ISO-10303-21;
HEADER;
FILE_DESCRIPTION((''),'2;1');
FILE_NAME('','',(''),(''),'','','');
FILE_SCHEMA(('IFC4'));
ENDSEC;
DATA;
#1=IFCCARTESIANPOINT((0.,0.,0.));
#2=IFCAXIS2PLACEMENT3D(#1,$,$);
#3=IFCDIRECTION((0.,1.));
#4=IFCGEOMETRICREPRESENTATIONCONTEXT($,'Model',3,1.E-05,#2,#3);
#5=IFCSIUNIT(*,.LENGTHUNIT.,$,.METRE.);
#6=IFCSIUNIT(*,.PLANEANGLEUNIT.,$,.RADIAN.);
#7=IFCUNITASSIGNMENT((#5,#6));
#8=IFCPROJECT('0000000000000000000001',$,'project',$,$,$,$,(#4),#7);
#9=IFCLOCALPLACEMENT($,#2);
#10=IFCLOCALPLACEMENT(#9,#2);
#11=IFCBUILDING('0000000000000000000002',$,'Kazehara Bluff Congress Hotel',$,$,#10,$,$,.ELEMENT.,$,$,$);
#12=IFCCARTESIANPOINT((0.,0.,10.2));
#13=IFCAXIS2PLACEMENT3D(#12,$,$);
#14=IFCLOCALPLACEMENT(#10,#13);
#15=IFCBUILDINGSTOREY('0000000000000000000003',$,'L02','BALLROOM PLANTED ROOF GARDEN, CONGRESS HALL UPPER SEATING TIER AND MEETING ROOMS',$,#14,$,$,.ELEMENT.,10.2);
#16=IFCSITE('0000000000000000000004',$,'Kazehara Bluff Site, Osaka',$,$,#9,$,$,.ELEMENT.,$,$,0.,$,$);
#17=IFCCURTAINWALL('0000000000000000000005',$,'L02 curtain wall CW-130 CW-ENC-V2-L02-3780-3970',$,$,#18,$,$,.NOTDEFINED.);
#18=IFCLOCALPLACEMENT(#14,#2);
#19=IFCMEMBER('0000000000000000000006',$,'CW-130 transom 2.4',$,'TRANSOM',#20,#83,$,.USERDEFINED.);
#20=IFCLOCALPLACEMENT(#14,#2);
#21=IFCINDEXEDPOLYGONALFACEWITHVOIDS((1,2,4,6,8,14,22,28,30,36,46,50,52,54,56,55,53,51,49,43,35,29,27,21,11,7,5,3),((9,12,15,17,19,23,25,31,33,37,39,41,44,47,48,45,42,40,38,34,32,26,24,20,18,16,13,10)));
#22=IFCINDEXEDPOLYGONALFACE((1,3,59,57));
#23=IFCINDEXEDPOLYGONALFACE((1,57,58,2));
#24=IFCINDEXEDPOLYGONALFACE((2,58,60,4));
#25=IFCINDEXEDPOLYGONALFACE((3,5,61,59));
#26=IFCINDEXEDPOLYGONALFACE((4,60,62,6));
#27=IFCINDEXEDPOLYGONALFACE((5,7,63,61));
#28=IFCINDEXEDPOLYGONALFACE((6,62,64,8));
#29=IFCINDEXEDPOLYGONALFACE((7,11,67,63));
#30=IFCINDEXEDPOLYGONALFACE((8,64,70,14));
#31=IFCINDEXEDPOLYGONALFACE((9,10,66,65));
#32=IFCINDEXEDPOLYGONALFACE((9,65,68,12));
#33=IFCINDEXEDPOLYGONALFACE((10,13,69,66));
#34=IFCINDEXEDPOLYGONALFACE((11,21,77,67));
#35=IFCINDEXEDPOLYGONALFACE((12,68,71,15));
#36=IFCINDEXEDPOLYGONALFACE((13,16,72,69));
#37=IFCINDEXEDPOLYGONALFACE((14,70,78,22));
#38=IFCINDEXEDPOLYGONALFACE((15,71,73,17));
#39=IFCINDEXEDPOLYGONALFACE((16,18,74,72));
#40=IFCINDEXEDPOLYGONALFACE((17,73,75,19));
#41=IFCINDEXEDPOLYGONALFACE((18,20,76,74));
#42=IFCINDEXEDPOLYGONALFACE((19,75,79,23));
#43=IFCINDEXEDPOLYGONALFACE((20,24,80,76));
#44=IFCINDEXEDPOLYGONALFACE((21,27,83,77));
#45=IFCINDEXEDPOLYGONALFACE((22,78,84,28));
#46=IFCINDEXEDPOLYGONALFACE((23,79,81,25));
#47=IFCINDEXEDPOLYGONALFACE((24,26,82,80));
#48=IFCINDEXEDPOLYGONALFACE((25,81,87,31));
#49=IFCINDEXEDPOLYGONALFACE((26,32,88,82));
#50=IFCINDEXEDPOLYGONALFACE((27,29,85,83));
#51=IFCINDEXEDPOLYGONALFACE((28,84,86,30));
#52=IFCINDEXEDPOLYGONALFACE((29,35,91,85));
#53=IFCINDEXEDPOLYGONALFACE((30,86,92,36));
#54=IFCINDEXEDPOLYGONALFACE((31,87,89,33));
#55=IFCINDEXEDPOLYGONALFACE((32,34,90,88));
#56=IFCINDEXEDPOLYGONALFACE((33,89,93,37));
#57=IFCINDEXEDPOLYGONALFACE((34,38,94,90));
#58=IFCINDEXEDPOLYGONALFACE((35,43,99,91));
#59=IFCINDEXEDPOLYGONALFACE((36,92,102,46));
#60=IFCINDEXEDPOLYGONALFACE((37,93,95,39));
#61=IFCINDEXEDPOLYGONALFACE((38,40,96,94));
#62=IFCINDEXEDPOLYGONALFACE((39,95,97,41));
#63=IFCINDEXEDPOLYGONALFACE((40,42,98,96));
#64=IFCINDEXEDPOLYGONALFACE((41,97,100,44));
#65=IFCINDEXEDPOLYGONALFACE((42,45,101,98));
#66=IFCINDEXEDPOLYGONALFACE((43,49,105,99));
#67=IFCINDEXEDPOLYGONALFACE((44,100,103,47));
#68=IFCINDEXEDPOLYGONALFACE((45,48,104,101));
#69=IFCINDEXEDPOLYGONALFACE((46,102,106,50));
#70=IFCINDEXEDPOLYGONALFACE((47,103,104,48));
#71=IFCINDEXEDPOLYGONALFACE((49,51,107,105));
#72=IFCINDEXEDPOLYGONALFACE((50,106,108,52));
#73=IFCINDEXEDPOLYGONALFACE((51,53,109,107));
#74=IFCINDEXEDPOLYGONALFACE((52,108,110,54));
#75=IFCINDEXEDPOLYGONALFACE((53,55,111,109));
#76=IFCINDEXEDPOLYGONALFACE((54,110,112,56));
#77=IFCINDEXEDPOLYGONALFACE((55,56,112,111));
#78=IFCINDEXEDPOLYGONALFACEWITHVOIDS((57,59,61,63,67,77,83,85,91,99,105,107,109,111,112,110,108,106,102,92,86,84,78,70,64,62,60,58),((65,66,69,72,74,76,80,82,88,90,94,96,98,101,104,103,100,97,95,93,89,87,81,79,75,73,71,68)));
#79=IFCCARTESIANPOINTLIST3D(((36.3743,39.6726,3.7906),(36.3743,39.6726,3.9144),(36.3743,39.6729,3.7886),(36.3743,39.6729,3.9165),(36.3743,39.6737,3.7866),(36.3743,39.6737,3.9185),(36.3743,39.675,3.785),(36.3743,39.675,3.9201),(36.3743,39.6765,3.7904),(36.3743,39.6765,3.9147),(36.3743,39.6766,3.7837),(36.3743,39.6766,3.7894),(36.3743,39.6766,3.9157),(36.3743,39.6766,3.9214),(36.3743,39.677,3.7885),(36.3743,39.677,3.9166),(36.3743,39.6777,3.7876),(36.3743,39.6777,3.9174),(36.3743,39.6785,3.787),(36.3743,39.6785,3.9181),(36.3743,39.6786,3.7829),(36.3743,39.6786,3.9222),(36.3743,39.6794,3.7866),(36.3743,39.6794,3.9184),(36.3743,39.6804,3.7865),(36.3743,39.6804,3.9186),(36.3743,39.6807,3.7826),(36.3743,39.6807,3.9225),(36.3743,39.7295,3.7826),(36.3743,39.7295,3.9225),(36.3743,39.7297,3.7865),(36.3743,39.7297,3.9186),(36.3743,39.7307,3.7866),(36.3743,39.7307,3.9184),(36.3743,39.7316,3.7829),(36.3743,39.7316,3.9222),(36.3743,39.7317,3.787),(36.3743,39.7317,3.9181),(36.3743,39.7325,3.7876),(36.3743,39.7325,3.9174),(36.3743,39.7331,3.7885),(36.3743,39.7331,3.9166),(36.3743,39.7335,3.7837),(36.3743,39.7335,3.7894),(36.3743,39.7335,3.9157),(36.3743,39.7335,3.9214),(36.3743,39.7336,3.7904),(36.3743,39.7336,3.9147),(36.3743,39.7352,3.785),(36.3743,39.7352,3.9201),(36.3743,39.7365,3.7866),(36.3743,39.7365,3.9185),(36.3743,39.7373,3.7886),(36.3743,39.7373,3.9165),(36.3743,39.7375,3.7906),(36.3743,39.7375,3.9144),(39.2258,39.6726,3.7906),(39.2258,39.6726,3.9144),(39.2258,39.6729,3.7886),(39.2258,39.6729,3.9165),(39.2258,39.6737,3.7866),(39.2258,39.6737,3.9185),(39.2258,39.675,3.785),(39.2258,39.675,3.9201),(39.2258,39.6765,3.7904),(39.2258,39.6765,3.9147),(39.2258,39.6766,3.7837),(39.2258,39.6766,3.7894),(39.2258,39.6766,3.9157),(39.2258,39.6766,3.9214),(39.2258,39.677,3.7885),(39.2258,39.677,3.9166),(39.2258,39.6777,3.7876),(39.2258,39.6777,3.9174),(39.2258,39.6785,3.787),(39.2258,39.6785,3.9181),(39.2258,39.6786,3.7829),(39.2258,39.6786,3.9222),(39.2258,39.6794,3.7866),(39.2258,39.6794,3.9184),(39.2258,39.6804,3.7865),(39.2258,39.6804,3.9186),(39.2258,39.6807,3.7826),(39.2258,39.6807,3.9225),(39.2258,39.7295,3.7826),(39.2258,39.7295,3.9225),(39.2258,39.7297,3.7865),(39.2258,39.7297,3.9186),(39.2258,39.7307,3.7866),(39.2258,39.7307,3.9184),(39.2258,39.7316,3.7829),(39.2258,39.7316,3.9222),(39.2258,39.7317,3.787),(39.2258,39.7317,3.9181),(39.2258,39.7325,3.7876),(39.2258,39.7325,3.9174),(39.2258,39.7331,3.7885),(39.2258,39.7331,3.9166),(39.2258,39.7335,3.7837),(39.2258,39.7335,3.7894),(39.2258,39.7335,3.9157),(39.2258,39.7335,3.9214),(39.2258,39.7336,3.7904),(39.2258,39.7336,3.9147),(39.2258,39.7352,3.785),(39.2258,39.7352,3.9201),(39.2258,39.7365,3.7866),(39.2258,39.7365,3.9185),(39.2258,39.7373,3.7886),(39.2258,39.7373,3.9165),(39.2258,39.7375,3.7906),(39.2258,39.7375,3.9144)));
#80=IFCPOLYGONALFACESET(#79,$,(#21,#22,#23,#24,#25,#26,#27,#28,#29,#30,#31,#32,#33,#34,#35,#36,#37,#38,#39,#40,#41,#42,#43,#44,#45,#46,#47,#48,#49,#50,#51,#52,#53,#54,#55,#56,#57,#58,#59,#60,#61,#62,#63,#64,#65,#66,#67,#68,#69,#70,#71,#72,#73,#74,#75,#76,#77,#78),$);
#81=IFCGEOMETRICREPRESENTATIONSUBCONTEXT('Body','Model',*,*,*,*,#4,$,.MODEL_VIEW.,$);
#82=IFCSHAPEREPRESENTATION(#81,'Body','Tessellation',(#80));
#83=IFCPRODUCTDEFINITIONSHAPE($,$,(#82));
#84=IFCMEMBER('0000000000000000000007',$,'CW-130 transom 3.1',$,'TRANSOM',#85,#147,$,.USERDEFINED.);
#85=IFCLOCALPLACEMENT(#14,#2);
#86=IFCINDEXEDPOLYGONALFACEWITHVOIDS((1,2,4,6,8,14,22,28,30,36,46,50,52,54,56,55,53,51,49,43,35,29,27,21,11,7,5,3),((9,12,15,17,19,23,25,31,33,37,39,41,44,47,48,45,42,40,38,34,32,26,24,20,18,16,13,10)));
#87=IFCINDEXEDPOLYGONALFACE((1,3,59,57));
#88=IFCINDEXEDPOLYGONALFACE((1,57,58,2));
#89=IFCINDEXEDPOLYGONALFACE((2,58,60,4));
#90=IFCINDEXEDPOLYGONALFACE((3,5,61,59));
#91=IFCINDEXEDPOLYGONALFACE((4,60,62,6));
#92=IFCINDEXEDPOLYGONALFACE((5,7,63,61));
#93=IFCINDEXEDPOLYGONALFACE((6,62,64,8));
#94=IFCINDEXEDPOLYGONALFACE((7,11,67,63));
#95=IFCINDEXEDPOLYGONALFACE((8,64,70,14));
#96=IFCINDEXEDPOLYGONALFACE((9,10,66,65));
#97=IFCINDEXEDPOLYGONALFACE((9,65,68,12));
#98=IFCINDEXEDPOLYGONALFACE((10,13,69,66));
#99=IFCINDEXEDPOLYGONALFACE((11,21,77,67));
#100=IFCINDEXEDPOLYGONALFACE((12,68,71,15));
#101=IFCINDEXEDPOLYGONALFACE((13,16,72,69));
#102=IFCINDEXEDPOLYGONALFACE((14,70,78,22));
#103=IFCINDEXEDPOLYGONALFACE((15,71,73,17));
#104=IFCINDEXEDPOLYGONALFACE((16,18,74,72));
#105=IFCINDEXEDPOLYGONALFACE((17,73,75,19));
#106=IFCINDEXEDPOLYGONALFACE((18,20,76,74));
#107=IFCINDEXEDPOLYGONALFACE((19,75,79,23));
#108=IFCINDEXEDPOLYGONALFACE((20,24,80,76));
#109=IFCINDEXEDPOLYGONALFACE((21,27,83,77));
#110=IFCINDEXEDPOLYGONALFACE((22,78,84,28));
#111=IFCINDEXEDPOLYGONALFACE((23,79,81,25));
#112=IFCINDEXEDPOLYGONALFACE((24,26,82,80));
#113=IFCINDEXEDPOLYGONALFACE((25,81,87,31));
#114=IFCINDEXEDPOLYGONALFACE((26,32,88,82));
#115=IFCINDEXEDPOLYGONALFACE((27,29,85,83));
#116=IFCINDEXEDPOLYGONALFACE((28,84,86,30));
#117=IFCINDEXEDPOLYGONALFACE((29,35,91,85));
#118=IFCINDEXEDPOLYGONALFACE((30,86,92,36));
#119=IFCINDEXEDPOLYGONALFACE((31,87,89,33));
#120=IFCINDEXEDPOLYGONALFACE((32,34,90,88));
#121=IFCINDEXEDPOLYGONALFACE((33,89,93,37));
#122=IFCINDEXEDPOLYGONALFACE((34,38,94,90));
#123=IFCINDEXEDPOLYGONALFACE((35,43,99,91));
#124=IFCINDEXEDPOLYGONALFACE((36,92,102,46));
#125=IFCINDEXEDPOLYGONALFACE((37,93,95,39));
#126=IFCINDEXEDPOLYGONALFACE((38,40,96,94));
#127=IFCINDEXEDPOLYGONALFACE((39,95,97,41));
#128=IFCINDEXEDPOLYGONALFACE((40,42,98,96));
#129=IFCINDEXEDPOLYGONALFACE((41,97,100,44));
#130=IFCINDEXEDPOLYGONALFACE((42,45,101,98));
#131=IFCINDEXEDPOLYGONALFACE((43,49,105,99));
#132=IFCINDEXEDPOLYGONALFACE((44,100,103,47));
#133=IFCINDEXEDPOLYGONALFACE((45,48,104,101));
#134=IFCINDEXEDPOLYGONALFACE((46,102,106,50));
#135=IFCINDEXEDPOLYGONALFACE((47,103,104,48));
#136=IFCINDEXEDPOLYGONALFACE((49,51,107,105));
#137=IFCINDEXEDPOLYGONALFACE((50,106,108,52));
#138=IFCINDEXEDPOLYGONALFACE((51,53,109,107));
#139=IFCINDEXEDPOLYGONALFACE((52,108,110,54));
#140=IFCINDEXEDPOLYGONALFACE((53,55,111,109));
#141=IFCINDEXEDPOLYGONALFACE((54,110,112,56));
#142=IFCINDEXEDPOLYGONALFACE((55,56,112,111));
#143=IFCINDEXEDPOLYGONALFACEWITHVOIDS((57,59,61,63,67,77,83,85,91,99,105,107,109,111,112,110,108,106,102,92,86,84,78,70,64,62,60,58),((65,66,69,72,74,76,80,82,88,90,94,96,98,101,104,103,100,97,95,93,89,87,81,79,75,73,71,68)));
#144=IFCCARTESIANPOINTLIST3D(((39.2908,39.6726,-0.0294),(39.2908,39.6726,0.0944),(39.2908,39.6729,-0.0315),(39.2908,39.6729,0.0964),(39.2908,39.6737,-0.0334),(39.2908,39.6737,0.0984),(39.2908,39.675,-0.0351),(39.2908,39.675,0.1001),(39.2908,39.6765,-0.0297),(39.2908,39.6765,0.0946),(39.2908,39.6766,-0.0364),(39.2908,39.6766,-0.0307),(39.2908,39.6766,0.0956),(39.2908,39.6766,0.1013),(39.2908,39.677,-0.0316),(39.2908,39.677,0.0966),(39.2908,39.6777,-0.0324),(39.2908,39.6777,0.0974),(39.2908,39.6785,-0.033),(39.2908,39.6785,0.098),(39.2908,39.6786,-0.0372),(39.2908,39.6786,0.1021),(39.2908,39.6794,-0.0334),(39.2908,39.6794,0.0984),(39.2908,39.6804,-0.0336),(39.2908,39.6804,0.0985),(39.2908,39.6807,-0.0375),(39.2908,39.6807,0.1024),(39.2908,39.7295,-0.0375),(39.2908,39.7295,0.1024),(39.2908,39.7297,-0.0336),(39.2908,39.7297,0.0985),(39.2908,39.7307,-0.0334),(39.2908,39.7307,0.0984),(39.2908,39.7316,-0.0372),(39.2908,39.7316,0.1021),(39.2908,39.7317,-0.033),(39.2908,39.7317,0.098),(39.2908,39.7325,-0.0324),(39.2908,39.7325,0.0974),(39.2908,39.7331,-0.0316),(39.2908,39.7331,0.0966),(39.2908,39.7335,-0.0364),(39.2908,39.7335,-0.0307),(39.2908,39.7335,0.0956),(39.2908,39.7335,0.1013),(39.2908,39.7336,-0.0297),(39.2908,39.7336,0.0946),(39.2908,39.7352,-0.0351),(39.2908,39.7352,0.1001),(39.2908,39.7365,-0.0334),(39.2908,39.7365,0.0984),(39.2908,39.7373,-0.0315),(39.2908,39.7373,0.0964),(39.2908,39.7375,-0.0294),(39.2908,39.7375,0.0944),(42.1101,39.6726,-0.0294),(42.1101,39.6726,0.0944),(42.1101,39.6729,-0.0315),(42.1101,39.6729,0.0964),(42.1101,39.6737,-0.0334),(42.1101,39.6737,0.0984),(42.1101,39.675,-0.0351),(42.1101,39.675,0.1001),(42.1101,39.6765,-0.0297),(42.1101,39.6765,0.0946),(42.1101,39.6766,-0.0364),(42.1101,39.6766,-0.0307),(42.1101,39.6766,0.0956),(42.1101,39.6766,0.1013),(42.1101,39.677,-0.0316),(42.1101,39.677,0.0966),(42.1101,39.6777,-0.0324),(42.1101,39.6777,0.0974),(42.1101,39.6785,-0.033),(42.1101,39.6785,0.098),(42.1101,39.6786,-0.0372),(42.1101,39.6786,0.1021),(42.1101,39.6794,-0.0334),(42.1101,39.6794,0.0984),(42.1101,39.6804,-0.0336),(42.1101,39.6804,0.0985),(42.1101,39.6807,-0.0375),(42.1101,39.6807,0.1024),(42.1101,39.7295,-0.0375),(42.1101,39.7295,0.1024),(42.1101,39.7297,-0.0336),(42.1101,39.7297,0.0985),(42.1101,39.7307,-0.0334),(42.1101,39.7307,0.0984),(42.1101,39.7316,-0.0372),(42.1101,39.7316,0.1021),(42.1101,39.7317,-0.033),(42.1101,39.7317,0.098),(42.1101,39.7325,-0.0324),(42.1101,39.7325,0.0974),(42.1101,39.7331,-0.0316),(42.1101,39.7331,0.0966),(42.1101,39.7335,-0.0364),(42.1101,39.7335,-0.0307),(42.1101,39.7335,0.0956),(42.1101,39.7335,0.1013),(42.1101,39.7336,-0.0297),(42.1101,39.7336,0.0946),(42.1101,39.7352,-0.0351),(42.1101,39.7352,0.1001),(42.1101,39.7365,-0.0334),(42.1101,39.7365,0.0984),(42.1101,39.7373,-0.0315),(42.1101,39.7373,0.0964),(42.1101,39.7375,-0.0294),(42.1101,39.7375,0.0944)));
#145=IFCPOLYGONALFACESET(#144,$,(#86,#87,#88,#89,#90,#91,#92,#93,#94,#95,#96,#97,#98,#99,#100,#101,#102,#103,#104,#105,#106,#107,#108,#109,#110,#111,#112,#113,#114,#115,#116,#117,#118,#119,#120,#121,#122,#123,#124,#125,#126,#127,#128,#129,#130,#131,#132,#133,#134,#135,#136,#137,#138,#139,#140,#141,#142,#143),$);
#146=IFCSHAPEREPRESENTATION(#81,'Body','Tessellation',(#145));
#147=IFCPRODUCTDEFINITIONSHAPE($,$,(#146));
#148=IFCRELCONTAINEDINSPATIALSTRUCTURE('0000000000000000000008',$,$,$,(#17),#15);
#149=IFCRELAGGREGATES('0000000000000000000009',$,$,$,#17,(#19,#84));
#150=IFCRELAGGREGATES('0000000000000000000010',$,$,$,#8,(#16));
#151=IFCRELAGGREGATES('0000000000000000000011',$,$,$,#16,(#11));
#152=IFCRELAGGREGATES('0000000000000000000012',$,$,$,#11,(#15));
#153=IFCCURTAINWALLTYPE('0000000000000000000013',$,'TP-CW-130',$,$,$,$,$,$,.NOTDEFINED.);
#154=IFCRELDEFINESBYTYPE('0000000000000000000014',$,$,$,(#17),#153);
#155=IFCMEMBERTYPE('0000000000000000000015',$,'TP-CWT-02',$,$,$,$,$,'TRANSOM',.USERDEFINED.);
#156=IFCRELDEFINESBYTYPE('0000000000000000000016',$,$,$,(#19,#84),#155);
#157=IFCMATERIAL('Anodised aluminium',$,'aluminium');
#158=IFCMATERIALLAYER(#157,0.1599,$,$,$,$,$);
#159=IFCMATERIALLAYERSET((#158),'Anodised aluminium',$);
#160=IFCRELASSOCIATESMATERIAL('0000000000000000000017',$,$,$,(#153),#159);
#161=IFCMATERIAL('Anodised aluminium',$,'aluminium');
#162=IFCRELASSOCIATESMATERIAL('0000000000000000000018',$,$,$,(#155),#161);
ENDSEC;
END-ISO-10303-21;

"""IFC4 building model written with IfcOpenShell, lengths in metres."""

from ifc_helpers import new_model, si_unit, direction, frame, origin, origin_2d, place, context, subcontext, project, spatial, hollow_rectangle, extrude, material, layer, layer_set, material_profile, profile_set, type_object, element, aggregate, save


model = new_model("IFC4")

# Units and contexts
model_context = context("Model", 3, precision=1e-05, world=origin(), true_north=direction((0.0, 1.0)))
body_context = subcontext(model_context, "Body", "Model", "MODEL_VIEW")
ifc_project = project(units=[si_unit("LENGTHUNIT", "METRE"), si_unit("PLANEANGLEUNIT", "RADIAN")], contexts=[model_context])

# Site, building, storey
site_placement = place(None, origin())
site = spatial("IfcSite", under=ifc_project, at=site_placement, Name="Kazehara Bluff Site, Osaka", CompositionType="ELEMENT", RefElevation=0.0)
building_placement = place(site_placement, origin())
building = spatial("IfcBuilding", under=site, at=building_placement, Name="Kazehara Bluff Congress Hotel", CompositionType="ELEMENT")
storey_placement = place(building_placement, frame((0.0, 0.0, 10.2)))
storey = spatial("IfcBuildingStorey", under=building, at=storey_placement, Name="L02", Description="BALLROOM PLANTED ROOF GARDEN, CONGRESS HALL UPPER SEATING TIER AND MEETING ROOMS", CompositionType="ELEMENT", Elevation=10.2)

# Curtain wall
ifc_material_1 = material(Name="Anodised aluminium", Category="aluminium")
ifc_layer_1 = layer(ifc_material_1, 0.1599)
ifc_layer_set_1 = layer_set([ifc_layer_1], Name="Anodised aluminium")
curtain_wall_type_1 = type_object("IfcCurtainWallType", Name="TP-CW-130", PredefinedType="NOTDEFINED", material=ifc_layer_set_1)
curtain_wall_1_placement = place(storey_placement, origin())
curtain_wall_1 = element("IfcCurtainWall", 1, at=curtain_wall_1_placement, inside=storey, type_object=curtain_wall_type_1, Name="L02 curtain wall CW-130 CW-ENC-V2-L02-3780-3970", PredefinedType="NOTDEFINED")

# Members
ifc_material_2 = material(Name="Anodised aluminium", Category="aluminium")
ifc_material_profile_1 = material_profile(ifc_material_2, hollow_rectangle(XDim=0.0649, YDim=0.1399, WallThickness=0.0039, InnerFilletRadius=0.0039, OuterFilletRadius=0.0081, at=origin_2d()))
ifc_profile_set_1 = profile_set([ifc_material_profile_1], Name="Anodised aluminium")
member_type_1 = type_object("IfcMemberType", Name="TP-CWT-02", ElementType="TRANSOM", PredefinedType="USERDEFINED", material=ifc_profile_set_1)
member_1_placement = place(storey_placement, frame((36.3743, 39.7051, 3.8525), z_axis=(1.0, 0.0, 0.0), x_axis=(0.0, 1.0, 0.0)))
member_1 = element("IfcMember", 2, at=member_1_placement, type_object=member_type_1, Name="CW-130 transom 2.4", ObjectType="TRANSOM", PredefinedType="USERDEFINED", context=body_context, shape_type="SweptSolid", body=[
    extrude(hollow_rectangle(XDim=0.0649, YDim=0.1399, WallThickness=0.0039, InnerFilletRadius=0.0039, OuterFilletRadius=0.0081, at=origin_2d()), origin(), (0.0, 0.0, 1.0), 2.8516),
])
member_2_placement = place(storey_placement, frame((39.2908, 39.7051, 0.0325), z_axis=(1.0, 0.0, 0.0), x_axis=(0.0, 1.0, 0.0)))
member_2 = element("IfcMember", 3, at=member_2_placement, type_object=member_type_1, Name="CW-130 transom 3.1", ObjectType="TRANSOM", PredefinedType="USERDEFINED", context=body_context, shape_type="SweptSolid", body=[
    extrude(hollow_rectangle(XDim=0.0649, YDim=0.1399, WallThickness=0.0039, InnerFilletRadius=0.0039, OuterFilletRadius=0.0081, at=origin_2d()), origin(), (0.0, 0.0, 1.0), 2.8193),
])

aggregate(curtain_wall_1, [member_1, member_2])

save(model, "model.ifc")
